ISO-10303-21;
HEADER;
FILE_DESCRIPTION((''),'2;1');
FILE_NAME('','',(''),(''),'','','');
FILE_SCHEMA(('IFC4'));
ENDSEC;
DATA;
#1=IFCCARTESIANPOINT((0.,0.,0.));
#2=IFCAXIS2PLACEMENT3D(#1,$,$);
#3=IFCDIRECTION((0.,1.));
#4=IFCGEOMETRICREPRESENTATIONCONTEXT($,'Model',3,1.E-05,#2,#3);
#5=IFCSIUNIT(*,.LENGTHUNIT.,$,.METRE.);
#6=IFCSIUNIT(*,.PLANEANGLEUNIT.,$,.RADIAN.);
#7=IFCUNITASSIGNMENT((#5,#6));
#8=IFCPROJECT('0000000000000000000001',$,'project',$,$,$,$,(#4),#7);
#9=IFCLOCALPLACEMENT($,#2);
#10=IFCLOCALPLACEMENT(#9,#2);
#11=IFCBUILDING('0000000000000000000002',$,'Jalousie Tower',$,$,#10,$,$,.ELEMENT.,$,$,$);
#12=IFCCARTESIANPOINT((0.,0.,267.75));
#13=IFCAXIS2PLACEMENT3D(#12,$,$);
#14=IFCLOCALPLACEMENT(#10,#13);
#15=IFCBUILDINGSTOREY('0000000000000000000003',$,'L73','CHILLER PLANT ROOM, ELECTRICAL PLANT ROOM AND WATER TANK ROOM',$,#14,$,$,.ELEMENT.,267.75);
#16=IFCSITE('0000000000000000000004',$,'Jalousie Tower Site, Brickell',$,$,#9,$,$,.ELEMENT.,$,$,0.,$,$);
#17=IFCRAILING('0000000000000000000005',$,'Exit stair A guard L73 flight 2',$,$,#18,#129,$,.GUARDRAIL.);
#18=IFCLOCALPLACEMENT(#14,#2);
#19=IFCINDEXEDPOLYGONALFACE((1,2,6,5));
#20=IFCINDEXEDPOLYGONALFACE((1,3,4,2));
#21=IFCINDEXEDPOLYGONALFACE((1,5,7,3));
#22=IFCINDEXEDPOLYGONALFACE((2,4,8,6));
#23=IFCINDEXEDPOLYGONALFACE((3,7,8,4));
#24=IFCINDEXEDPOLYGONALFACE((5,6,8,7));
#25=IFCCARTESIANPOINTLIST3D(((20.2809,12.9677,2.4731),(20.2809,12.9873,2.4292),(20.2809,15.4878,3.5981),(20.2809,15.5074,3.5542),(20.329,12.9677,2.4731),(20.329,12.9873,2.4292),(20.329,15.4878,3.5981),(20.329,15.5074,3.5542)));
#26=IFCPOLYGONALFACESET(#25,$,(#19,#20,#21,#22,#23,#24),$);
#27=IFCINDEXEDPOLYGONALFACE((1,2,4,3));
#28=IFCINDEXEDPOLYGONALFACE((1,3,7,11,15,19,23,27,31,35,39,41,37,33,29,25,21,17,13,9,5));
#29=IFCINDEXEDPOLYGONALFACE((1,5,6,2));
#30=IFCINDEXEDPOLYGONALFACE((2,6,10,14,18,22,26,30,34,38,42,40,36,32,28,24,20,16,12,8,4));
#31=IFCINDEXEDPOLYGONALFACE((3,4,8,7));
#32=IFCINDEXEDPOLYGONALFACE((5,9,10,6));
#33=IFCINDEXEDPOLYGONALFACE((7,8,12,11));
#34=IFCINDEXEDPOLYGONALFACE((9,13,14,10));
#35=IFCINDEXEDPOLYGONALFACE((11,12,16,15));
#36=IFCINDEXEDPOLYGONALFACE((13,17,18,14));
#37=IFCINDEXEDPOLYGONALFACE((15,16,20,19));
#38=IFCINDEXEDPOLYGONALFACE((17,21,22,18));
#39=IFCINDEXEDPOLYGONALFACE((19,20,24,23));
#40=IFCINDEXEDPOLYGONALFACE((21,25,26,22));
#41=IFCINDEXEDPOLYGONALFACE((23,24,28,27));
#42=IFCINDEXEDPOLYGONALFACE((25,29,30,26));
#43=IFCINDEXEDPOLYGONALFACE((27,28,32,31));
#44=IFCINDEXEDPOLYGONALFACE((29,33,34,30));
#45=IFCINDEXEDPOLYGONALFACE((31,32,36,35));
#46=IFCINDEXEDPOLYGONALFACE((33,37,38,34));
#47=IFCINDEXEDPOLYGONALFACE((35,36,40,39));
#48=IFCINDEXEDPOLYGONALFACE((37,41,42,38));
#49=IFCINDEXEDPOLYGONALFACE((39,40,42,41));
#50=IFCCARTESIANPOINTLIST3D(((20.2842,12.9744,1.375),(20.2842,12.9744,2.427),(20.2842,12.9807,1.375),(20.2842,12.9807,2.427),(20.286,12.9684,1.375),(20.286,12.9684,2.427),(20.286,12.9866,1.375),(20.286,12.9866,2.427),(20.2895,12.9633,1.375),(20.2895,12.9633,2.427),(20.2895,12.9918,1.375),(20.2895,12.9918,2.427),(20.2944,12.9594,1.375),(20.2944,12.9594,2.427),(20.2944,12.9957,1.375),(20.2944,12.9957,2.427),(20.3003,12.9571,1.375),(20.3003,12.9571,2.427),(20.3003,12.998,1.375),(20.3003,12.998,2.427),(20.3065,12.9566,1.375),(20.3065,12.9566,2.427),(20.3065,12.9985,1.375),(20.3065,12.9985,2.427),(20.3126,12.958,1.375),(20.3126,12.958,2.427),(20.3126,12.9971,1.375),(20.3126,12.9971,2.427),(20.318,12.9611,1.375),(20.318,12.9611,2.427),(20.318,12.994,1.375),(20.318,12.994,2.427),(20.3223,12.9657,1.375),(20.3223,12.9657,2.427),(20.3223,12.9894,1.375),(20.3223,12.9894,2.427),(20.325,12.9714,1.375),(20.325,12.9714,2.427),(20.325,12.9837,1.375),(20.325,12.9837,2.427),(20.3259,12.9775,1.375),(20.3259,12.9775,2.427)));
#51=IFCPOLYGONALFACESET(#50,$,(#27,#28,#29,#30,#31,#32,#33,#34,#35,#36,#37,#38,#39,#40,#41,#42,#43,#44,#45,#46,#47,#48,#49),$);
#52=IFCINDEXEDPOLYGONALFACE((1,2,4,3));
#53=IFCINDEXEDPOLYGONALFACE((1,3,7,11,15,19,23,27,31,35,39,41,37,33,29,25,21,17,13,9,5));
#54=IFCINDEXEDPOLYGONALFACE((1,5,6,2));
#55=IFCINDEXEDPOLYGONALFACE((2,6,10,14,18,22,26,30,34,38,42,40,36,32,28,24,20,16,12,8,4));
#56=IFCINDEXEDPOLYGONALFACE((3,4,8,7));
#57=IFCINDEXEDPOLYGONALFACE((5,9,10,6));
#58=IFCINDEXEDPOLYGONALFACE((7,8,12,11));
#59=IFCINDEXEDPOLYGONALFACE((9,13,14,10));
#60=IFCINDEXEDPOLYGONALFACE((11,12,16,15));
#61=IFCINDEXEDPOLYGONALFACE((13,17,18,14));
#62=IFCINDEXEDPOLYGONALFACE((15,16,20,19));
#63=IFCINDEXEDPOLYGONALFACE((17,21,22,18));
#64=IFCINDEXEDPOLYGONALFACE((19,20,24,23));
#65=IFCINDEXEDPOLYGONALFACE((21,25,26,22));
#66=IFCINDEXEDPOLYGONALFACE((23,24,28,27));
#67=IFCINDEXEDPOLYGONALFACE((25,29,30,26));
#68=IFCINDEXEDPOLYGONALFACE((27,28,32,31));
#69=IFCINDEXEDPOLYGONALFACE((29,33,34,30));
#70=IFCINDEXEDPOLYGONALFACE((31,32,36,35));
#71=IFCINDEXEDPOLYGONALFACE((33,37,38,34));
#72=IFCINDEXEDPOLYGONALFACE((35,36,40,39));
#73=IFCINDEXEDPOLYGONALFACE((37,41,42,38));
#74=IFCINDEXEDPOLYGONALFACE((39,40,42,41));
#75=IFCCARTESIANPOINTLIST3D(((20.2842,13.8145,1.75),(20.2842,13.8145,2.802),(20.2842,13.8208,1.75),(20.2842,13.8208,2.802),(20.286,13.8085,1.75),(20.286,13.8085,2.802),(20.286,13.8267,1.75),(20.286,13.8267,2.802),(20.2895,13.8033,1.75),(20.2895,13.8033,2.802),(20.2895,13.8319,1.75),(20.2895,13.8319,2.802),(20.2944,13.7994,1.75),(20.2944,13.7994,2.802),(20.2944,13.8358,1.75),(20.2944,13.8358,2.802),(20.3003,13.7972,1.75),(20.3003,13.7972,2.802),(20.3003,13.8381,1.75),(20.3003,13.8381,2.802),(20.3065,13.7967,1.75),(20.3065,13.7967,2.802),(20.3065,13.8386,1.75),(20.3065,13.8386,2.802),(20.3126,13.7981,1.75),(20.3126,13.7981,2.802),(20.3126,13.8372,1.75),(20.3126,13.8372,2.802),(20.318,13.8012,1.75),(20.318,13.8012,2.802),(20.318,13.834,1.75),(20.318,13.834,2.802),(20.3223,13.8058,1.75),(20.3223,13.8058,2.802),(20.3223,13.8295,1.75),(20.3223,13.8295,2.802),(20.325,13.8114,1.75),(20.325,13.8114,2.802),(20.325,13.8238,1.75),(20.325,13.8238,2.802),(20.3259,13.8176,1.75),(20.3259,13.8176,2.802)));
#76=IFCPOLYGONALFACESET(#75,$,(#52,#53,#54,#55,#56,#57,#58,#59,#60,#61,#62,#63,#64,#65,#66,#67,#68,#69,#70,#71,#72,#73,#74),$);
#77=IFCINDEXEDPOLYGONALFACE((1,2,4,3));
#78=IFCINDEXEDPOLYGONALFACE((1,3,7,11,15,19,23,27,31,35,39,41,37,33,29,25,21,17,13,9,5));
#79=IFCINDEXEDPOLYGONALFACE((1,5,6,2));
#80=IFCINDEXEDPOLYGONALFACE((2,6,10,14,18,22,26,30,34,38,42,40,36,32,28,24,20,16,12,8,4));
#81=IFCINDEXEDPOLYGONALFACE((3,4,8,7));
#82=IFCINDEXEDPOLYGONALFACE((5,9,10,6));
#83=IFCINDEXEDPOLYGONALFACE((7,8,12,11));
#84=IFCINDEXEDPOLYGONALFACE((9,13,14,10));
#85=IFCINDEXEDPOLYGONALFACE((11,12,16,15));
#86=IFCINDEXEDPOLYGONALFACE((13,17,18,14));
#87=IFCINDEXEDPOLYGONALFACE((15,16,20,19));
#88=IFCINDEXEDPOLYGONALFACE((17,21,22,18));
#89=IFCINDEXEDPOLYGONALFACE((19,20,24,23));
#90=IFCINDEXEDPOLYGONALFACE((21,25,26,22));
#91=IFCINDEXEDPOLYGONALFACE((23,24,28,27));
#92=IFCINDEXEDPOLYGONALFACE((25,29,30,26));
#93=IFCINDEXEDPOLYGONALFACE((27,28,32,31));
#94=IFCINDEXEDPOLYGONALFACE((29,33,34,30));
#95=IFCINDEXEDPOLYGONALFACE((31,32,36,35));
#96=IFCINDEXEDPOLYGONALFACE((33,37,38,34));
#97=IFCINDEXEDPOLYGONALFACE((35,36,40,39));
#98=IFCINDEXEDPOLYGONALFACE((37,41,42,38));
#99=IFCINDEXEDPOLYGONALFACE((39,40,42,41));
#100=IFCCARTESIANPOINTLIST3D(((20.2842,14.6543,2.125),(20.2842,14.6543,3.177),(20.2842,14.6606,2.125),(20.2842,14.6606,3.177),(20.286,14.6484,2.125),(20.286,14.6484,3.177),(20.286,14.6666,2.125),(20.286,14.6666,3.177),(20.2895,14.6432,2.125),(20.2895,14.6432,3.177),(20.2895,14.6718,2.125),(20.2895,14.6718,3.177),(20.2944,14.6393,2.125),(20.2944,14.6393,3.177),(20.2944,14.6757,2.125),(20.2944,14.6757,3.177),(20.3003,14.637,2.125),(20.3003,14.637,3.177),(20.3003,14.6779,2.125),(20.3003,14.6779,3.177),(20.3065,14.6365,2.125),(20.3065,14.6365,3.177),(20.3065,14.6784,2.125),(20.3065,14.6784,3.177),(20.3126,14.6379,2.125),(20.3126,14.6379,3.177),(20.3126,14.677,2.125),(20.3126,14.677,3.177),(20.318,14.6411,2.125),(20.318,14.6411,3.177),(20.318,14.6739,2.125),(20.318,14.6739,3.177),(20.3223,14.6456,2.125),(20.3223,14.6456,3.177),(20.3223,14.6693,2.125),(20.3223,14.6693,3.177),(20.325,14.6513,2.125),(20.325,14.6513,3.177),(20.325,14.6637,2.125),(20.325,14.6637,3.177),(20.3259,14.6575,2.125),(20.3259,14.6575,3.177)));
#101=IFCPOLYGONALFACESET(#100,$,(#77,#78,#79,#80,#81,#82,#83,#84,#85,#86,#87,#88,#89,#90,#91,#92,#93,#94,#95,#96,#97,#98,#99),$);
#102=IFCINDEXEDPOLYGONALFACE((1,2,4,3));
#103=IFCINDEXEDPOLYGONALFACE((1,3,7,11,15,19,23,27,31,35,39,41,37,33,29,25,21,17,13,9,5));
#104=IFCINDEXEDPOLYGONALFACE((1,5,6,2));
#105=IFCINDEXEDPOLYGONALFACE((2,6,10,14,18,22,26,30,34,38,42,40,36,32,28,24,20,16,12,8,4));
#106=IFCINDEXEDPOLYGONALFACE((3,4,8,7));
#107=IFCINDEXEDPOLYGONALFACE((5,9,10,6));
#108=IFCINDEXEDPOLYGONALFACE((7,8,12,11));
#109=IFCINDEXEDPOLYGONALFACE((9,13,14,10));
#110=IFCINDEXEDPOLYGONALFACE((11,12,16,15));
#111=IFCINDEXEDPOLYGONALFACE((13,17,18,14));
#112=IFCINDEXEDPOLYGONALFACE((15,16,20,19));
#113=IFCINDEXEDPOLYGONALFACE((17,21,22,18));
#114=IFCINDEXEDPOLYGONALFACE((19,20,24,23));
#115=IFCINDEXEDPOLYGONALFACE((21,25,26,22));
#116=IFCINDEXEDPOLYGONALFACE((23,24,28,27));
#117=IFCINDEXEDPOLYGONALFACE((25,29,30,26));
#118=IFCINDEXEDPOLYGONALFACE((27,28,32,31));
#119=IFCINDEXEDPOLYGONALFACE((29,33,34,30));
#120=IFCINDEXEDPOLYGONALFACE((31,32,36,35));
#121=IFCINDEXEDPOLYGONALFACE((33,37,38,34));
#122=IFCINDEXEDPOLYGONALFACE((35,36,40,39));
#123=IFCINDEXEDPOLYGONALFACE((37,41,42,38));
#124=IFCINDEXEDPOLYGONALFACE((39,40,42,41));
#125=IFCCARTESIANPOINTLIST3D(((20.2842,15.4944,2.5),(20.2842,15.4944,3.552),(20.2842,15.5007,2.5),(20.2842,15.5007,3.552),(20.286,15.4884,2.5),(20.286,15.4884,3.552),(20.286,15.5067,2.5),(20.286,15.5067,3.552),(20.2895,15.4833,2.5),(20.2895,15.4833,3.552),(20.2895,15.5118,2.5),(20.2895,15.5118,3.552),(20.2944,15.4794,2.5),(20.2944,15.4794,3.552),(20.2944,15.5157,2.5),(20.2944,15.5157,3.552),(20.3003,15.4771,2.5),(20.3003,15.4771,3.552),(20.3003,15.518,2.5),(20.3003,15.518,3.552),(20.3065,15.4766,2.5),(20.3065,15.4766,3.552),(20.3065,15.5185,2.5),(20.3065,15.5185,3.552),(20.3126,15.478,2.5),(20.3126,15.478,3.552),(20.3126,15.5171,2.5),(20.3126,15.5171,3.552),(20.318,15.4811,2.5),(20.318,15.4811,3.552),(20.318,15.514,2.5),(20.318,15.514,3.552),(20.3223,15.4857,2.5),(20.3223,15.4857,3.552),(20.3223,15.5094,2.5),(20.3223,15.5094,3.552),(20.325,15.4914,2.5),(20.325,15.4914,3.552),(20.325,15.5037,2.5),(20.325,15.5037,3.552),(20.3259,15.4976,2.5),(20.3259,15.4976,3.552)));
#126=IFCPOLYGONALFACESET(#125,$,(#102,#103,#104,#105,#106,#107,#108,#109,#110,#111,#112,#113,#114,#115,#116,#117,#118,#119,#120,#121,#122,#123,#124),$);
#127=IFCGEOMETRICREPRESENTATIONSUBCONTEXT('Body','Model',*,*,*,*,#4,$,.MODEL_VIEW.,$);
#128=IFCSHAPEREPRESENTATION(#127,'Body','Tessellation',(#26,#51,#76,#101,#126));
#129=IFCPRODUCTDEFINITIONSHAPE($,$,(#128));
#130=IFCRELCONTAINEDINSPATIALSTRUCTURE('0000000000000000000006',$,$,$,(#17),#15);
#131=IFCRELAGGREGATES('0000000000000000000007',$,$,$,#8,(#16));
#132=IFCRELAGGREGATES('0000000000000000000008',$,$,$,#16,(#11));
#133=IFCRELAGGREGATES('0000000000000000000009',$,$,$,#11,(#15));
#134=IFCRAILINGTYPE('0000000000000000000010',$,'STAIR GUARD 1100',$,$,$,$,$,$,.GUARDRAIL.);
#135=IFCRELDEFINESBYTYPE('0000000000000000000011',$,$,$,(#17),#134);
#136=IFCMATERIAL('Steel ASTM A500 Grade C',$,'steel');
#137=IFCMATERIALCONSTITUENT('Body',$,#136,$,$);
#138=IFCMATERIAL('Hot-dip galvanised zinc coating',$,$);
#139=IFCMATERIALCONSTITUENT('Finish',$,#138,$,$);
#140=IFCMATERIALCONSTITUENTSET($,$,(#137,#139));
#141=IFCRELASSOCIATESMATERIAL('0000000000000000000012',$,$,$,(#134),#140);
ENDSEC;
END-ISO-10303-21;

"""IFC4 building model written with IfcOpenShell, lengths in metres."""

from ifc_helpers import new_model, si_unit, direction, frame, origin, origin_2d, place, context, subcontext, project, spatial, rectangle, circle, extrude, material, constituent, constituent_set, type_object, element, save


model = new_model("IFC4")

# Units and contexts
model_context = context("Model", 3, precision=1e-05, world=origin(), true_north=direction((0.0, 1.0)))
body_context = subcontext(model_context, "Body", "Model", "MODEL_VIEW")
ifc_project = project(units=[si_unit("LENGTHUNIT", "METRE"), si_unit("PLANEANGLEUNIT", "RADIAN")], contexts=[model_context])

# Site, building, storey
site_placement = place(None, origin())
site = spatial("IfcSite", under=ifc_project, at=site_placement, Name="Jalousie Tower Site, Brickell", CompositionType="ELEMENT", RefElevation=0.0)
building_placement = place(site_placement, origin())
building = spatial("IfcBuilding", under=site, at=building_placement, Name="Jalousie Tower", CompositionType="ELEMENT")
storey_placement = place(building_placement, frame((0.0, 0.0, 267.75)))
storey = spatial("IfcBuildingStorey", under=building, at=storey_placement, Name="L73", Description="CHILLER PLANT ROOM, ELECTRICAL PLANT ROOM AND WATER TANK ROOM", CompositionType="ELEMENT", Elevation=267.75)

# Railing
ifc_material_1 = material(Name="Steel ASTM A500 Grade C", Category="steel")
ifc_constituent_1 = constituent(ifc_material_1, Name="Body")
ifc_material_2 = material(Name="Hot-dip galvanised zinc coating")
ifc_constituent_2 = constituent(ifc_material_2, Name="Finish")
ifc_constituent_set_1 = constituent_set(constituents=[ifc_constituent_1, ifc_constituent_2])
railing_type_1 = type_object("IfcRailingType", Name="STAIR GUARD 1100", PredefinedType="GUARDRAIL", material=ifc_constituent_set_1)
railing_1_placement = place(storey_placement, frame((20.3049, 12.9775, 1.375)))
element("IfcRailing", 1, at=railing_1_placement, inside=storey, type_object=railing_type_1, Name="Exit stair A guard L73 flight 2", PredefinedType="GUARDRAIL", context=body_context, shape_type="SweptSolid", body=[
    extrude(rectangle(XDim=0.0481, YDim=0.0481, at=origin_2d()), frame((0.0, 0.0, 1.0762), z_axis=(0.0, 0.913139, 0.407648), x_axis=(-1.0, 0.0, 0.0)), (0.0, 0.0, 1.0), 2.7598),
    extrude(circle(Radius=0.021, at=origin_2d()), origin(), (0.0, 0.0, 1.0), 1.052),
    extrude(circle(Radius=0.021, at=origin_2d()), frame((0.0, 0.8401, 0.375)), (0.0, 0.0, 1.0), 1.052),
    extrude(circle(Radius=0.021, at=origin_2d()), frame((0.0, 1.6799, 0.75)), (0.0, 0.0, 1.0), 1.052),
    extrude(circle(Radius=0.021, at=origin_2d()), frame((0.0, 2.52, 1.125)), (0.0, 0.0, 1.0), 1.052),
])

save(model, "model.ifc")
